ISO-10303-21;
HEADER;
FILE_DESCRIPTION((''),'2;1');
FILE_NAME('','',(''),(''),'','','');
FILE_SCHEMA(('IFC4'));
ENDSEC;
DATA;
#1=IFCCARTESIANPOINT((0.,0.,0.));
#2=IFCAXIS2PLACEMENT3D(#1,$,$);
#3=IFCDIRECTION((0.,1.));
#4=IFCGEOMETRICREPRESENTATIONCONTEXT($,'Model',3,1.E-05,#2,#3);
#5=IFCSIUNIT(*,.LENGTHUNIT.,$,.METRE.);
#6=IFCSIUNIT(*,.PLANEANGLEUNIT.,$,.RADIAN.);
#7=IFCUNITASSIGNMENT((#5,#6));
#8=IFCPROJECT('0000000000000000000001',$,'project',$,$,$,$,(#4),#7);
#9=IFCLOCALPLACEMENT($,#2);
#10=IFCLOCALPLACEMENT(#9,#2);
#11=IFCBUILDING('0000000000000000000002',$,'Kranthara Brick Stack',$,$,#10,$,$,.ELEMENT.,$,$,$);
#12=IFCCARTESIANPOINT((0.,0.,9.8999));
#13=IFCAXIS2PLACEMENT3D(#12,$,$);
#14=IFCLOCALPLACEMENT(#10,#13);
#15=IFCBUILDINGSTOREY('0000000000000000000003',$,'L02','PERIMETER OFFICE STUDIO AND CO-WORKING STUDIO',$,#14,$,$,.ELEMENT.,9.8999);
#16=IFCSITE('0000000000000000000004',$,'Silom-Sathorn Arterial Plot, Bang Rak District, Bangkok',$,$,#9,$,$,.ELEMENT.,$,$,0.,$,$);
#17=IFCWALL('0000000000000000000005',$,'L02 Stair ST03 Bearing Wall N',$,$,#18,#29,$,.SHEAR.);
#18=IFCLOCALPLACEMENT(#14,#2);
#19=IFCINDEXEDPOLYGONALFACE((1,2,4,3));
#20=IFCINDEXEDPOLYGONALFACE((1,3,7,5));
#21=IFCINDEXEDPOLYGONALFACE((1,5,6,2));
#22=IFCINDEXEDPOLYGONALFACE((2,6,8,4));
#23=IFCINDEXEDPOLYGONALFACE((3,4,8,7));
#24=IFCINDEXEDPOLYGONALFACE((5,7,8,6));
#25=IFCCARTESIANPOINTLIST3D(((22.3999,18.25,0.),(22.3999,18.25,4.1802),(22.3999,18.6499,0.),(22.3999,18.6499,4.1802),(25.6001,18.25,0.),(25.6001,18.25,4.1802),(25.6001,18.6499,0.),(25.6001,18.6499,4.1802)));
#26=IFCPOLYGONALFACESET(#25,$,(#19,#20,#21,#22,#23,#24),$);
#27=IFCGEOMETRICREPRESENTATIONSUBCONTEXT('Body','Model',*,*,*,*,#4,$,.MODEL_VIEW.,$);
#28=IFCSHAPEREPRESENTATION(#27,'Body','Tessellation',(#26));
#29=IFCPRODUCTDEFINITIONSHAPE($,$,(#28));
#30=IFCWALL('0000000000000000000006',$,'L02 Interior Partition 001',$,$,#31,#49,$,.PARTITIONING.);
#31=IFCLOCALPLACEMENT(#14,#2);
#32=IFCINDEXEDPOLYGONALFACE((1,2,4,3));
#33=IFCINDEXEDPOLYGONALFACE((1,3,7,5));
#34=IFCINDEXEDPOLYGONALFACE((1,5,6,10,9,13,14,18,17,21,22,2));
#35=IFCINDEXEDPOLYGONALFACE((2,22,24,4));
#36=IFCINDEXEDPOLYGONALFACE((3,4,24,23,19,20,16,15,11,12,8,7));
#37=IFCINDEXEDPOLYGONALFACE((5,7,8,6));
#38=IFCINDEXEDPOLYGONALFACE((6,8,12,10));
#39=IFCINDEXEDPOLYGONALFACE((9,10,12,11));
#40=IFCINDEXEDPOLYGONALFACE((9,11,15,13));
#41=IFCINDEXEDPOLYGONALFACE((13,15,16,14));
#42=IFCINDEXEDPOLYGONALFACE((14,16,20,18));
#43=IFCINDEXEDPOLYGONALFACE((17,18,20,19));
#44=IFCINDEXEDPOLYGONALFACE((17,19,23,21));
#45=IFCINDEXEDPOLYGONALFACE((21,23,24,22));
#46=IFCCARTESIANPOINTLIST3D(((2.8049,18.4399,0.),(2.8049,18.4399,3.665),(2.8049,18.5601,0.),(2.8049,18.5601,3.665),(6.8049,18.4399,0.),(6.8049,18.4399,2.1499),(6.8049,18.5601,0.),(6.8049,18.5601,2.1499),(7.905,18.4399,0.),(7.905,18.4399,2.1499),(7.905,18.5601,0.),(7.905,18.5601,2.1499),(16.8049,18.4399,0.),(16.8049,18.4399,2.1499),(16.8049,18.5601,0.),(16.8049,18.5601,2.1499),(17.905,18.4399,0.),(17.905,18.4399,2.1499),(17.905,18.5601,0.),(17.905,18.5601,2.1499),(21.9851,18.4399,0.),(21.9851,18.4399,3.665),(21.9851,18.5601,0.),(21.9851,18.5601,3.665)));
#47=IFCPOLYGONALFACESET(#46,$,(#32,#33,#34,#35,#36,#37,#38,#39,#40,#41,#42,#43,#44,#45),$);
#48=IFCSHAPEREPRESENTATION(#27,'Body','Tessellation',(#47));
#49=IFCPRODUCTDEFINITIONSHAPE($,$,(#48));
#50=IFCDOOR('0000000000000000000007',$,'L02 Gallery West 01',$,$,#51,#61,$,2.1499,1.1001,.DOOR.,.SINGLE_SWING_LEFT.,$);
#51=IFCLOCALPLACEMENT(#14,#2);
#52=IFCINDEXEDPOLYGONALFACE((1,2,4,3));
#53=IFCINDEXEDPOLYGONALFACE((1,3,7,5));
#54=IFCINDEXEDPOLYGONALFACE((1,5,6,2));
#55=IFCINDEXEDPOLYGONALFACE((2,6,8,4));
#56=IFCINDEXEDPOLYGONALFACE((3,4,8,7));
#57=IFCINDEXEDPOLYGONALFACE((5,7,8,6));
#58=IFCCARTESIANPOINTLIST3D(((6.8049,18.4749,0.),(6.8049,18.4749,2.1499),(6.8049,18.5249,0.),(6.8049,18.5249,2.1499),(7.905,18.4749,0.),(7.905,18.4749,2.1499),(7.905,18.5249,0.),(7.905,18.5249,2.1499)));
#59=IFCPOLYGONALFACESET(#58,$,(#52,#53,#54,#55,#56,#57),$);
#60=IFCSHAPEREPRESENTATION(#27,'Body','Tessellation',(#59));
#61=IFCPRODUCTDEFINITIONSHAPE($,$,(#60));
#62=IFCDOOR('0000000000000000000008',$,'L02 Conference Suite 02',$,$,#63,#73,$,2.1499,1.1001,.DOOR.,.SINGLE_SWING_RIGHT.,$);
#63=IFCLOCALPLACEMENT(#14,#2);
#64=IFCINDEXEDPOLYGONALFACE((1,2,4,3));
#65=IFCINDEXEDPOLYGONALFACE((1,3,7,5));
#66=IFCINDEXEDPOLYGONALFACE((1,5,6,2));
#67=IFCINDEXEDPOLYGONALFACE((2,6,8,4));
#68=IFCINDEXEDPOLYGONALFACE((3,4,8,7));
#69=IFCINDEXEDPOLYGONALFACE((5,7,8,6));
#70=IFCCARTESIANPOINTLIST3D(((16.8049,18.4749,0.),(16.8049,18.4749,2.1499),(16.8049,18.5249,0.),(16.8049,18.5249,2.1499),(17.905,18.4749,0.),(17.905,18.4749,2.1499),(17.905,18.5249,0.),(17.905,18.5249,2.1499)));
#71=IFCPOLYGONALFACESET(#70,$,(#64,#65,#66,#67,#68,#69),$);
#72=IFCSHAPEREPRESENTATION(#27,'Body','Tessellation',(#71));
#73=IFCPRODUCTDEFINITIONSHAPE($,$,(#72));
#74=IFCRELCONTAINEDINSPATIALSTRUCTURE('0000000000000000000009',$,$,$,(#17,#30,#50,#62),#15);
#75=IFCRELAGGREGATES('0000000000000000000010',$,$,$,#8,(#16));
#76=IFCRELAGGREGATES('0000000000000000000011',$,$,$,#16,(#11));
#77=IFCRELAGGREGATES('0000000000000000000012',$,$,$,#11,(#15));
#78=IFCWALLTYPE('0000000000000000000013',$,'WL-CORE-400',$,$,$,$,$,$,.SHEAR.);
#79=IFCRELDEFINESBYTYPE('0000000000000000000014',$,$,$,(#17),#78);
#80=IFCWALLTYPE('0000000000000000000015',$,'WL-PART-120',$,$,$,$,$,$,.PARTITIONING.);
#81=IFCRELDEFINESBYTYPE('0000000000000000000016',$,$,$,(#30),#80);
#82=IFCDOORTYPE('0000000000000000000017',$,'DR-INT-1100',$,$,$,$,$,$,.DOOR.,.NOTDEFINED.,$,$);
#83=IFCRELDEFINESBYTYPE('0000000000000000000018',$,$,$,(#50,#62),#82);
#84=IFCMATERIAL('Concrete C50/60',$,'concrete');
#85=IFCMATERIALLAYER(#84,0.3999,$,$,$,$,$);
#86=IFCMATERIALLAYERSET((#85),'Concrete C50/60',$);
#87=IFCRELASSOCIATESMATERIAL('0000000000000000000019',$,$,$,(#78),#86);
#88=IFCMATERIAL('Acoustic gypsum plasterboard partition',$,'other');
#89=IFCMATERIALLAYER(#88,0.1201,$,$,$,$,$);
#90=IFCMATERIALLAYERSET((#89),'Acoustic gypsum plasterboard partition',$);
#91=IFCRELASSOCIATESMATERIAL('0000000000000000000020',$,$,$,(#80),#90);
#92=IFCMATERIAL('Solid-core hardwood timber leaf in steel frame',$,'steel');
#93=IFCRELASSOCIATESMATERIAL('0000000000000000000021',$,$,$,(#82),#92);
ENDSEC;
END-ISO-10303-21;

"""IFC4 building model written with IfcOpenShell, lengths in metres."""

from ifc_helpers import new_model, si_unit, direction, frame, frame_2d, origin, place, context, subcontext, project, spatial, rectangle, extrude, material, layer, layer_set, type_object, element, fill, save


model = new_model("IFC4")

# Units and contexts
model_context = context("Model", 3, precision=1e-05, world=origin(), true_north=direction((0.0, 1.0)))
body_context = subcontext(model_context, "Body", "Model", "MODEL_VIEW")
ifc_project = project(units=[si_unit("LENGTHUNIT", "METRE"), si_unit("PLANEANGLEUNIT", "RADIAN")], contexts=[model_context])

# Site, building, storey
site_placement = place(None, origin())
site = spatial("IfcSite", under=ifc_project, at=site_placement, Name="Silom-Sathorn Arterial Plot, Bang Rak District, Bangkok", CompositionType="ELEMENT", RefElevation=0.0)
building_placement = place(site_placement, origin())
building = spatial("IfcBuilding", under=site, at=building_placement, Name="Kranthara Brick Stack", CompositionType="ELEMENT")
storey_placement = place(building_placement, frame((0.0, 0.0, 9.8999)))
storey = spatial("IfcBuildingStorey", under=building, at=storey_placement, Name="L02", Description="PERIMETER OFFICE STUDIO AND CO-WORKING STUDIO", CompositionType="ELEMENT", Elevation=9.8999)

# Shared definitions
ifc_material_1 = material(Name="Concrete C50/60", Category="concrete")
ifc_layer_1 = layer(ifc_material_1, 0.3999)
ifc_layer_set_1 = layer_set([ifc_layer_1], Name="Concrete C50/60")
wall_type_1 = type_object("IfcWallType", Name="WL-CORE-400", PredefinedType="SHEAR", material=ifc_layer_set_1)

# Wall
for number, where, z_axis, x_axis, name in (
    (1, (22.3999, 18.45, 0.0), (0.0, 0.0, 1.0), (1.0, 0.0, 0.0), "L02 Stair ST03 Bearing Wall N"),
):
    element("IfcWall", number, at=place(storey_placement, frame(where, z_axis=z_axis, x_axis=x_axis)), inside=storey, type_object=wall_type_1, Name=name, PredefinedType="SHEAR", context=body_context, shape_type="SweptSolid", body=[
        extrude(rectangle(XDim=3.2002, YDim=0.3999, at=frame_2d((1.6001, 0.0))), origin(), (0.0, 0.0, 1.0), 4.1802),
    ])

# Wall, openings, doors
ifc_material_2 = material(Name="Acoustic gypsum plasterboard partition", Category="other")
ifc_layer_2 = layer(ifc_material_2, 0.1201)
ifc_layer_set_2 = layer_set([ifc_layer_2], Name="Acoustic gypsum plasterboard partition")
wall_type_2 = type_object("IfcWallType", Name="WL-PART-120", PredefinedType="PARTITIONING", material=ifc_layer_set_2)
wall_1_placement = place(storey_placement, frame((2.8049, 18.5, 0.0), z_axis=(0.0, 0.0, 1.0), x_axis=(1.0, 0.0, 0.0)))
wall_1 = element("IfcWall", 2, at=wall_1_placement, inside=storey, type_object=wall_type_2, Name="L02 Interior Partition 001", PredefinedType="PARTITIONING", context=body_context, shape_type="SweptSolid", body=[
    extrude(rectangle(XDim=19.1802, YDim=0.1201, at=frame_2d((9.5901, 0.0))), origin(), (0.0, 0.0, 1.0), 3.665),
])
opening_1_placement = place(wall_1_placement, frame((4.0, 0.0, 0.0)))
opening_1 = element("IfcOpeningElement", 3, at=opening_1_placement, cuts=wall_1, PredefinedType="OPENING", context=body_context, shape_type="SweptSolid", body=[
    extrude(rectangle(XDim=1.1001, YDim=2.1499, at=frame_2d((0.55, 1.075))), frame((0.0, 0.0701, 0.0), z_axis=(0.0, -1.0, 0.0), x_axis=(1.0, 0.0, 0.0)), (0.0, 0.0, 1.0), 0.1401),
])
opening_2_placement = place(wall_1_placement, frame((14.0, 0.0, 0.0)))
opening_2 = element("IfcOpeningElement", 4, at=opening_2_placement, cuts=wall_1, PredefinedType="OPENING", context=body_context, shape_type="SweptSolid", body=[
    extrude(rectangle(XDim=1.1001, YDim=2.1499, at=frame_2d((0.55, 1.075))), frame((0.0, 0.0701, 0.0), z_axis=(0.0, -1.0, 0.0), x_axis=(1.0, 0.0, 0.0)), (0.0, 0.0, 1.0), 0.1401),
])
ifc_material_3 = material(Name="Solid-core hardwood timber leaf in steel frame", Category="steel")
door_type_1 = type_object("IfcDoorType", Name="DR-INT-1100", OperationType="NOTDEFINED", PredefinedType="DOOR", material=ifc_material_3)
door_1_placement = place(opening_1_placement, origin())
door_1 = element("IfcDoor", 5, at=door_1_placement, inside=storey, type_object=door_type_1, Name="L02 Gallery West 01", OperationType="SINGLE_SWING_LEFT", OverallHeight=2.1499, OverallWidth=1.1001, PredefinedType="DOOR", context=body_context, shape_type="SweptSolid", body=[
    extrude(rectangle(XDim=1.1001, YDim=2.1499, at=frame_2d((0.55, 1.075))), frame((0.0, 0.0249, 0.0), z_axis=(0.0, -1.0, 0.0), x_axis=(1.0, 0.0, 0.0)), (0.0, 0.0, 1.0), 0.05),
])
fill(opening_1, door_1)
door_2_placement = place(opening_2_placement, origin())
door_2 = element("IfcDoor", 6, at=door_2_placement, inside=storey, type_object=door_type_1, Name="L02 Conference Suite 02", OperationType="SINGLE_SWING_RIGHT", OverallHeight=2.1499, OverallWidth=1.1001, PredefinedType="DOOR", context=body_context, shape_type="SweptSolid", body=[
    extrude(rectangle(XDim=1.1001, YDim=2.1499, at=frame_2d((0.55, 1.075))), frame((0.0, 0.0249, 0.0), z_axis=(0.0, -1.0, 0.0), x_axis=(1.0, 0.0, 0.0)), (0.0, 0.0, 1.0), 0.05),
])
fill(opening_2, door_2)

save(model, "model.ifc")
